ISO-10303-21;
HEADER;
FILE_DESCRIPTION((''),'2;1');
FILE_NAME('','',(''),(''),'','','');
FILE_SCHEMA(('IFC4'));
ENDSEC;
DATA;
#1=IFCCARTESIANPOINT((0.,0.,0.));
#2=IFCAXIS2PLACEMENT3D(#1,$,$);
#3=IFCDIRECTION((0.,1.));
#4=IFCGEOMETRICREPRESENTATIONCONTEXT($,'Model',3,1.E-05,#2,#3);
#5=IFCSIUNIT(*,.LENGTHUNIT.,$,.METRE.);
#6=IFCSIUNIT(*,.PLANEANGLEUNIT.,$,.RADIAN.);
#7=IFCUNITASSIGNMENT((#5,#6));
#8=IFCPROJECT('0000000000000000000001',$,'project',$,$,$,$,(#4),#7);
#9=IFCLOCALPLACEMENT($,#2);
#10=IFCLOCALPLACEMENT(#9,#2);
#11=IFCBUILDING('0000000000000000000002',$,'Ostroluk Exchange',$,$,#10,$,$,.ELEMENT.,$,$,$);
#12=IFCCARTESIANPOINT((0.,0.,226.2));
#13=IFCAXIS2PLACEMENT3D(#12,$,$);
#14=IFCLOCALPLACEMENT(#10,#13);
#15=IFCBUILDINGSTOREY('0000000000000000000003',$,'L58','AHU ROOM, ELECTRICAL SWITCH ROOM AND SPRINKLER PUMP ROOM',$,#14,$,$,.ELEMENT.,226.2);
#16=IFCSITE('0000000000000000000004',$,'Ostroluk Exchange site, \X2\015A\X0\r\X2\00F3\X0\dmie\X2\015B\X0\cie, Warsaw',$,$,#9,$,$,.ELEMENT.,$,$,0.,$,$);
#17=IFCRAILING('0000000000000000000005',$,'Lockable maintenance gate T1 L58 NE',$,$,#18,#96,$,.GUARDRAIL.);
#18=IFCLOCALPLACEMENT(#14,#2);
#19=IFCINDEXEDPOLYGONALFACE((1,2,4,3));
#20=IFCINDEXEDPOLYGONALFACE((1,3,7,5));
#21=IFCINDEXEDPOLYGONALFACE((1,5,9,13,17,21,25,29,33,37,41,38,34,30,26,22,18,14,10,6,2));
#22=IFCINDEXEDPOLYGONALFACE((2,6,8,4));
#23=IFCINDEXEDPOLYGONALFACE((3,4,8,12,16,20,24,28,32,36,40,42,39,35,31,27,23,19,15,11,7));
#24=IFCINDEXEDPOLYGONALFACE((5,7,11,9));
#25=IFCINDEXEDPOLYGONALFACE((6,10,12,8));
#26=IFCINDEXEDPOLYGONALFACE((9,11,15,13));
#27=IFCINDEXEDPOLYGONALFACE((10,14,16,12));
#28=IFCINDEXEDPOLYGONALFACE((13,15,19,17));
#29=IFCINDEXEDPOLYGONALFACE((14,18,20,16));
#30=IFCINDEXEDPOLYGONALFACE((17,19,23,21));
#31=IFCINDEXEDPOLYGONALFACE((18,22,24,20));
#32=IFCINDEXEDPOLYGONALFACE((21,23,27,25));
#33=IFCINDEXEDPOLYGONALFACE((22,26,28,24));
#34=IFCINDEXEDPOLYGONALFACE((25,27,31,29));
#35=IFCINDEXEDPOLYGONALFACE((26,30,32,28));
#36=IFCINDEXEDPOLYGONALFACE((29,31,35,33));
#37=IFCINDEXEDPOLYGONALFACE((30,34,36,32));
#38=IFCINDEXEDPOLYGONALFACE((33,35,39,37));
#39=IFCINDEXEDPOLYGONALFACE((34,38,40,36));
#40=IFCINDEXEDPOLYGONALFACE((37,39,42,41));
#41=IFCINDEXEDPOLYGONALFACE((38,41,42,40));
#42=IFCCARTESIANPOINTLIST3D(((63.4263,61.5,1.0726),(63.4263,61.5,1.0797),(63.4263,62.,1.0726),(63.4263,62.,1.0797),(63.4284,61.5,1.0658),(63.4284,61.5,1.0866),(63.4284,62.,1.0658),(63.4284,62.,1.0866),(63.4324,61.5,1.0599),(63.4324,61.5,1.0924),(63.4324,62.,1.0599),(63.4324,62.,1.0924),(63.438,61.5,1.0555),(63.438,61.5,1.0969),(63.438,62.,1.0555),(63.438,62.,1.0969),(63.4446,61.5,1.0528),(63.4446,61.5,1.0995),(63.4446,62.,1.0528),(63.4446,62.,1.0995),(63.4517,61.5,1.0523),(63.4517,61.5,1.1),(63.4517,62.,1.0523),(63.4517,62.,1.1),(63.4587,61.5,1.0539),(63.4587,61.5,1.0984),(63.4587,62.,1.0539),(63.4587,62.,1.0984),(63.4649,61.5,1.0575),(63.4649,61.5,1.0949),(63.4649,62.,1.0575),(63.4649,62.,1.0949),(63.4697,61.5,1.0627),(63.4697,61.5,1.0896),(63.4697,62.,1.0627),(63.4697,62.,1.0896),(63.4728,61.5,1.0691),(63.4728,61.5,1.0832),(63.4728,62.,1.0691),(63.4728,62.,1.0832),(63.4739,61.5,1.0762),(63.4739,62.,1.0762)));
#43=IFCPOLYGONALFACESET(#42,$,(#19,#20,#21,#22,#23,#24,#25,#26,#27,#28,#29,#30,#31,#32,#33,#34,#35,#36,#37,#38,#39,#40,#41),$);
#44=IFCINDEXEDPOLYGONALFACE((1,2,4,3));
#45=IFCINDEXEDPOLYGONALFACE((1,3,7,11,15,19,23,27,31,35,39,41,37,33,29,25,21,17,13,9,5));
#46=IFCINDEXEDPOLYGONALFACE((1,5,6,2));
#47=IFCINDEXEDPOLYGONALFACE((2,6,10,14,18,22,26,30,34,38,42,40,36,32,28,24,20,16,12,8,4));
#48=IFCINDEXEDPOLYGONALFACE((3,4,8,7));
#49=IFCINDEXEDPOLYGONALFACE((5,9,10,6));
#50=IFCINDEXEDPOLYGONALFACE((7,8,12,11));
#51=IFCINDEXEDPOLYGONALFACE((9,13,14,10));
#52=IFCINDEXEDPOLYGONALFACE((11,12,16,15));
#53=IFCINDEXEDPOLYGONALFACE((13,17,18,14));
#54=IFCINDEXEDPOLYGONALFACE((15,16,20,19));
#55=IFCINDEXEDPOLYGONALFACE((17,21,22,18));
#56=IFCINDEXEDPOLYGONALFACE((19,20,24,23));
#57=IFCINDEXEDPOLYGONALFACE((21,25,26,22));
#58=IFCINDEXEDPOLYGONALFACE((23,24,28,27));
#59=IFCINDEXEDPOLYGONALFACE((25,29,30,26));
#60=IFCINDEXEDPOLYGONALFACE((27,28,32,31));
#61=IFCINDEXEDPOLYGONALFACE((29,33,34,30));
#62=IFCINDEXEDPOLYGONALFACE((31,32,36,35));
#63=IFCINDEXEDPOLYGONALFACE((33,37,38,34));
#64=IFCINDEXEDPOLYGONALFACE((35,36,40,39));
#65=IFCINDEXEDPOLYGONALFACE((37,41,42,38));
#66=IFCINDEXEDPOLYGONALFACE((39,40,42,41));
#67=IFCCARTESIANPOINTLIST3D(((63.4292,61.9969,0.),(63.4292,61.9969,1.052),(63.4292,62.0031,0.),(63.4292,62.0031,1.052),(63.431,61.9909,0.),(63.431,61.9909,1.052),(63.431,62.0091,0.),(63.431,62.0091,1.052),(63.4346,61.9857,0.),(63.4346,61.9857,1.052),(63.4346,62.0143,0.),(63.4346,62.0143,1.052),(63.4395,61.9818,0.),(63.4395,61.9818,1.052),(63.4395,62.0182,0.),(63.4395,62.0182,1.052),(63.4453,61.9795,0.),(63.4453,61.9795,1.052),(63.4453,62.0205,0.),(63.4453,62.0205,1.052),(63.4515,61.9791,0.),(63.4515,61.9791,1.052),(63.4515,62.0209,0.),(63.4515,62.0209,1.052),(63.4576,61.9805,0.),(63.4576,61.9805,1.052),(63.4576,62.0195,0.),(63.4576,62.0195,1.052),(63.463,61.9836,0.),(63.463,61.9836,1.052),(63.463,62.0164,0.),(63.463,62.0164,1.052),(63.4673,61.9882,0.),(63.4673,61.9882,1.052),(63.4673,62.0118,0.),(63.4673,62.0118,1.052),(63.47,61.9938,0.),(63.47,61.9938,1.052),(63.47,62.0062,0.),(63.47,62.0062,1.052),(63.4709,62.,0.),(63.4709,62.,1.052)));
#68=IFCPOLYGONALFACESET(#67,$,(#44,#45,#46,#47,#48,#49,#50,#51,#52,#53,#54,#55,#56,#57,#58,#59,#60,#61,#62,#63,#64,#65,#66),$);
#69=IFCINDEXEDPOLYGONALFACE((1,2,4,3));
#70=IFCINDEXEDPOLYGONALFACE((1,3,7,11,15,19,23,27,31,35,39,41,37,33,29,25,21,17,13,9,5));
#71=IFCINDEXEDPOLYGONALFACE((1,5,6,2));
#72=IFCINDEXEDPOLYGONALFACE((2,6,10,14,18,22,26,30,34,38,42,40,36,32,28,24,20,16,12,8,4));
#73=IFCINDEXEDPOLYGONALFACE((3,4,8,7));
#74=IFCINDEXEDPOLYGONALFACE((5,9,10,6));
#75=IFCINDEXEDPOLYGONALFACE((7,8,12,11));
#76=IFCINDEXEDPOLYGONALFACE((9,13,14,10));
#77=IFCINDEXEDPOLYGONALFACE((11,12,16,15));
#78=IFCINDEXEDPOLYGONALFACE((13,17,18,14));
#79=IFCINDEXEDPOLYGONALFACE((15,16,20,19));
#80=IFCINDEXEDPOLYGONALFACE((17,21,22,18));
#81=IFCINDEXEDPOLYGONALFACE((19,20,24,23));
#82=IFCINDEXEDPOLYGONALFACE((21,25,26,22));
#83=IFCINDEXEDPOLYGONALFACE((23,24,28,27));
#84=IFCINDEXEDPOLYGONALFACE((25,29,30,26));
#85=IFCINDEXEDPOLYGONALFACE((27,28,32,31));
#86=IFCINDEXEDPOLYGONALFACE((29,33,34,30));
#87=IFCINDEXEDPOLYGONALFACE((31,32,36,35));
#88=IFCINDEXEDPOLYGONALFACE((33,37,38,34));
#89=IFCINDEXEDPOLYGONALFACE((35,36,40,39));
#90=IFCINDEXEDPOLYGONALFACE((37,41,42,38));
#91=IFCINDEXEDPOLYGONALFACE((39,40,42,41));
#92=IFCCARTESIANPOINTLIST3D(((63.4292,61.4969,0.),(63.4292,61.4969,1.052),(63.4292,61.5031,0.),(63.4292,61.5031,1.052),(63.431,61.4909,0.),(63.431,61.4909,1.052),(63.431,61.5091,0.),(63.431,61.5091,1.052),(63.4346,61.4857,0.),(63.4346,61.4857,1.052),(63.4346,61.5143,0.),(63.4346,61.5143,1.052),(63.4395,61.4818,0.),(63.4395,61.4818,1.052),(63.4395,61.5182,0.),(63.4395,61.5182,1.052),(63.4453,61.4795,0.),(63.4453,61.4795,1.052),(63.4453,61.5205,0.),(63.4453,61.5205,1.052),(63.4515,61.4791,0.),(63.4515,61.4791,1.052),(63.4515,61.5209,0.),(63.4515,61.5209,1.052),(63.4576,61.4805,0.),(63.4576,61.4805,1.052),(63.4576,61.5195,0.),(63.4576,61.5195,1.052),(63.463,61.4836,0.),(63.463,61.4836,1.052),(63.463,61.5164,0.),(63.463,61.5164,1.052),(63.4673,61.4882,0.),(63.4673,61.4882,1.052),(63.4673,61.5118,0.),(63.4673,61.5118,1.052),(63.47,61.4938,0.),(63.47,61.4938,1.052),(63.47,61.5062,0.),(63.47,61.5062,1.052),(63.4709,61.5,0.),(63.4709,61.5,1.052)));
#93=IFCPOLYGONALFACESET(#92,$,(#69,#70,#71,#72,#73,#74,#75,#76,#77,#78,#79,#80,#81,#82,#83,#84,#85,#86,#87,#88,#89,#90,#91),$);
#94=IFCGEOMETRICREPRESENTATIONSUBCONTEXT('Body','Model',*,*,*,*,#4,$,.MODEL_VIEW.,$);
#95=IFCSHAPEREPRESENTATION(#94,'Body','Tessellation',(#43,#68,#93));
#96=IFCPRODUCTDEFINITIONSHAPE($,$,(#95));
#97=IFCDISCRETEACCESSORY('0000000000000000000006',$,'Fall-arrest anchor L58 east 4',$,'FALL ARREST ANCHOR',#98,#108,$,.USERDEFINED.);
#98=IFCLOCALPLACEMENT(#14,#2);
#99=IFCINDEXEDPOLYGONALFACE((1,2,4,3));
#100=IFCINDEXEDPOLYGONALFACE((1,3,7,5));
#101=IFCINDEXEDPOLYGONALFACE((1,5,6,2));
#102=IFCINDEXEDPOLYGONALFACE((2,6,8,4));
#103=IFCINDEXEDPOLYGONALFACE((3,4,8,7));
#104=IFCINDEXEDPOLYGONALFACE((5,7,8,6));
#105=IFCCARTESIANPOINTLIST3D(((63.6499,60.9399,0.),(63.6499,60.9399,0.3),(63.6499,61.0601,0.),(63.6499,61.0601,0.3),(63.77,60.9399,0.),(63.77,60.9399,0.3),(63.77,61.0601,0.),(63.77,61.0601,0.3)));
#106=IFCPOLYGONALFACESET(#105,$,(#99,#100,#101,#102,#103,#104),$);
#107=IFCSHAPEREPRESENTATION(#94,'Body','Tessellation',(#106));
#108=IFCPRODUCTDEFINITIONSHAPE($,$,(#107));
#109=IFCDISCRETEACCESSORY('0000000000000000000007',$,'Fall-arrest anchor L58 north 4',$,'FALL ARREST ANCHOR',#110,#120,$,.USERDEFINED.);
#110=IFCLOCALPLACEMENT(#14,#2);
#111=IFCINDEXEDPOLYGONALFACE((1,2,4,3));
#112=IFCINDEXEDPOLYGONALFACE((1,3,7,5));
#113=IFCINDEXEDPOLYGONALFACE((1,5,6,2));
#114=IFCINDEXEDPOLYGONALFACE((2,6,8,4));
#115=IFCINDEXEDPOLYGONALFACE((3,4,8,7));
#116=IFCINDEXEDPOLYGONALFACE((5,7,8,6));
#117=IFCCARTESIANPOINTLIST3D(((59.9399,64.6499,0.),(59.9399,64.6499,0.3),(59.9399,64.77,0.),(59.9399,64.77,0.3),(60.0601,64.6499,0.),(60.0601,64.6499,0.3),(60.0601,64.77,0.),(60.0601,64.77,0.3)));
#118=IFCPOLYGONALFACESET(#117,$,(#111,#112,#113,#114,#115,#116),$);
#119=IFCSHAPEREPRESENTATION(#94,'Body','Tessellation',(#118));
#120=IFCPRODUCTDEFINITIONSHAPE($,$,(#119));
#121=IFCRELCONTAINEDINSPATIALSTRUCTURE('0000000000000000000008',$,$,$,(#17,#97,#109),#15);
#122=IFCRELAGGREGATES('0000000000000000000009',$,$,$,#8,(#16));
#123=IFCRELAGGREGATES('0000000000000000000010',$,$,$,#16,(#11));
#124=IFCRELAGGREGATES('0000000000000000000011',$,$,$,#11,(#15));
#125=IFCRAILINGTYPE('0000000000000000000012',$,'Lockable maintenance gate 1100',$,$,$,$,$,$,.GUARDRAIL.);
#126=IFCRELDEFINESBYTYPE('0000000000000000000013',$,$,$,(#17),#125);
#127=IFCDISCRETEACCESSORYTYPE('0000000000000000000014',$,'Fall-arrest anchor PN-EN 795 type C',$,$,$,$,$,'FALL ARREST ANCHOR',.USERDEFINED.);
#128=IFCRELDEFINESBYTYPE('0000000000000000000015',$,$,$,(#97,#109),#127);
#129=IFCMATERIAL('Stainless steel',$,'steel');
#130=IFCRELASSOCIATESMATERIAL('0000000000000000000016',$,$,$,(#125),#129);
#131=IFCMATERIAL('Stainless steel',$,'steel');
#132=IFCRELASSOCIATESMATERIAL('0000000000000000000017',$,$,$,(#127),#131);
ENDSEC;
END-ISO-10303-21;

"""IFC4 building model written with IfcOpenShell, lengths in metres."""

from ifc_helpers import new_model, si_unit, direction, frame, origin, origin_2d, place, context, subcontext, project, spatial, rectangle, circle, extrude, material, type_object, element, save


model = new_model("IFC4")

# Units and contexts
model_context = context("Model", 3, precision=1e-05, world=origin(), true_north=direction((0.0, 1.0)))
body_context = subcontext(model_context, "Body", "Model", "MODEL_VIEW")
ifc_project = project(units=[si_unit("LENGTHUNIT", "METRE"), si_unit("PLANEANGLEUNIT", "RADIAN")], contexts=[model_context])

# Site, building, storey
site_placement = place(None, origin())
site = spatial("IfcSite", under=ifc_project, at=site_placement, Name="Ostroluk Exchange site, Śródmieście, Warsaw", CompositionType="ELEMENT", RefElevation=0.0)
building_placement = place(site_placement, origin())
building = spatial("IfcBuilding", under=site, at=building_placement, Name="Ostroluk Exchange", CompositionType="ELEMENT")
storey_placement = place(building_placement, frame((0.0, 0.0, 226.2)))
storey = spatial("IfcBuildingStorey", under=building, at=storey_placement, Name="L58", Description="AHU ROOM, ELECTRICAL SWITCH ROOM AND SPRINKLER PUMP ROOM", CompositionType="ELEMENT", Elevation=226.2)

# Railing
ifc_material_1 = material(Name="Stainless steel", Category="steel")
railing_type_1 = type_object("IfcRailingType", Name="Lockable maintenance gate 1100", PredefinedType="GUARDRAIL", material=ifc_material_1)
railing_1_placement = place(storey_placement, frame((63.45, 62.0, 0.0)))
element("IfcRailing", 1, at=railing_1_placement, inside=storey, type_object=railing_type_1, Name="Lockable maintenance gate T1 L58 NE", PredefinedType="GUARDRAIL", context=body_context, shape_type="SweptSolid", body=[
    extrude(circle(Radius=0.0239, at=origin_2d()), frame((0.0, 0.0, 1.0762), z_axis=(0.0, -1.0, 0.0), x_axis=(1.0, 0.0, 0.0)), (0.0, 0.0, 1.0), 0.5),
    extrude(circle(Radius=0.021, at=origin_2d()), origin(), (0.0, 0.0, 1.0), 1.052),
    extrude(circle(Radius=0.021, at=origin_2d()), frame((0.0, -0.5, 0.0)), (0.0, 0.0, 1.0), 1.052),
])

# Discrete accessories
ifc_material_2 = material(Name="Stainless steel", Category="steel")
discrete_accessory_type = type_object("IfcDiscreteAccessoryType", Name="Fall-arrest anchor PN-EN 795 type C", ElementType="FALL ARREST ANCHOR", PredefinedType="USERDEFINED", material=ifc_material_2)
for number, where, z_axis, x_axis, name in (
    (2, (63.71, 61.0, 0.0), (0.0, 0.0, 1.0), (1.0, 0.0, 0.0), "Fall-arrest anchor L58 east 4"),
    (3, (60.0, 64.71, 0.0), (0.0, 0.0, 1.0), (1.0, 0.0, 0.0), "Fall-arrest anchor L58 north 4"),
):
    element("IfcDiscreteAccessory", number, at=place(storey_placement, frame(where, z_axis=z_axis, x_axis=x_axis)), inside=storey, type_object=discrete_accessory_type, Name=name, ObjectType="FALL ARREST ANCHOR", PredefinedType="USERDEFINED", context=body_context, shape_type="SweptSolid", body=[
        extrude(rectangle(XDim=0.1201, YDim=0.1201, at=origin_2d()), origin(), (0.0, 0.0, 1.0), 0.3),
    ])

save(model, "model.ifc")
